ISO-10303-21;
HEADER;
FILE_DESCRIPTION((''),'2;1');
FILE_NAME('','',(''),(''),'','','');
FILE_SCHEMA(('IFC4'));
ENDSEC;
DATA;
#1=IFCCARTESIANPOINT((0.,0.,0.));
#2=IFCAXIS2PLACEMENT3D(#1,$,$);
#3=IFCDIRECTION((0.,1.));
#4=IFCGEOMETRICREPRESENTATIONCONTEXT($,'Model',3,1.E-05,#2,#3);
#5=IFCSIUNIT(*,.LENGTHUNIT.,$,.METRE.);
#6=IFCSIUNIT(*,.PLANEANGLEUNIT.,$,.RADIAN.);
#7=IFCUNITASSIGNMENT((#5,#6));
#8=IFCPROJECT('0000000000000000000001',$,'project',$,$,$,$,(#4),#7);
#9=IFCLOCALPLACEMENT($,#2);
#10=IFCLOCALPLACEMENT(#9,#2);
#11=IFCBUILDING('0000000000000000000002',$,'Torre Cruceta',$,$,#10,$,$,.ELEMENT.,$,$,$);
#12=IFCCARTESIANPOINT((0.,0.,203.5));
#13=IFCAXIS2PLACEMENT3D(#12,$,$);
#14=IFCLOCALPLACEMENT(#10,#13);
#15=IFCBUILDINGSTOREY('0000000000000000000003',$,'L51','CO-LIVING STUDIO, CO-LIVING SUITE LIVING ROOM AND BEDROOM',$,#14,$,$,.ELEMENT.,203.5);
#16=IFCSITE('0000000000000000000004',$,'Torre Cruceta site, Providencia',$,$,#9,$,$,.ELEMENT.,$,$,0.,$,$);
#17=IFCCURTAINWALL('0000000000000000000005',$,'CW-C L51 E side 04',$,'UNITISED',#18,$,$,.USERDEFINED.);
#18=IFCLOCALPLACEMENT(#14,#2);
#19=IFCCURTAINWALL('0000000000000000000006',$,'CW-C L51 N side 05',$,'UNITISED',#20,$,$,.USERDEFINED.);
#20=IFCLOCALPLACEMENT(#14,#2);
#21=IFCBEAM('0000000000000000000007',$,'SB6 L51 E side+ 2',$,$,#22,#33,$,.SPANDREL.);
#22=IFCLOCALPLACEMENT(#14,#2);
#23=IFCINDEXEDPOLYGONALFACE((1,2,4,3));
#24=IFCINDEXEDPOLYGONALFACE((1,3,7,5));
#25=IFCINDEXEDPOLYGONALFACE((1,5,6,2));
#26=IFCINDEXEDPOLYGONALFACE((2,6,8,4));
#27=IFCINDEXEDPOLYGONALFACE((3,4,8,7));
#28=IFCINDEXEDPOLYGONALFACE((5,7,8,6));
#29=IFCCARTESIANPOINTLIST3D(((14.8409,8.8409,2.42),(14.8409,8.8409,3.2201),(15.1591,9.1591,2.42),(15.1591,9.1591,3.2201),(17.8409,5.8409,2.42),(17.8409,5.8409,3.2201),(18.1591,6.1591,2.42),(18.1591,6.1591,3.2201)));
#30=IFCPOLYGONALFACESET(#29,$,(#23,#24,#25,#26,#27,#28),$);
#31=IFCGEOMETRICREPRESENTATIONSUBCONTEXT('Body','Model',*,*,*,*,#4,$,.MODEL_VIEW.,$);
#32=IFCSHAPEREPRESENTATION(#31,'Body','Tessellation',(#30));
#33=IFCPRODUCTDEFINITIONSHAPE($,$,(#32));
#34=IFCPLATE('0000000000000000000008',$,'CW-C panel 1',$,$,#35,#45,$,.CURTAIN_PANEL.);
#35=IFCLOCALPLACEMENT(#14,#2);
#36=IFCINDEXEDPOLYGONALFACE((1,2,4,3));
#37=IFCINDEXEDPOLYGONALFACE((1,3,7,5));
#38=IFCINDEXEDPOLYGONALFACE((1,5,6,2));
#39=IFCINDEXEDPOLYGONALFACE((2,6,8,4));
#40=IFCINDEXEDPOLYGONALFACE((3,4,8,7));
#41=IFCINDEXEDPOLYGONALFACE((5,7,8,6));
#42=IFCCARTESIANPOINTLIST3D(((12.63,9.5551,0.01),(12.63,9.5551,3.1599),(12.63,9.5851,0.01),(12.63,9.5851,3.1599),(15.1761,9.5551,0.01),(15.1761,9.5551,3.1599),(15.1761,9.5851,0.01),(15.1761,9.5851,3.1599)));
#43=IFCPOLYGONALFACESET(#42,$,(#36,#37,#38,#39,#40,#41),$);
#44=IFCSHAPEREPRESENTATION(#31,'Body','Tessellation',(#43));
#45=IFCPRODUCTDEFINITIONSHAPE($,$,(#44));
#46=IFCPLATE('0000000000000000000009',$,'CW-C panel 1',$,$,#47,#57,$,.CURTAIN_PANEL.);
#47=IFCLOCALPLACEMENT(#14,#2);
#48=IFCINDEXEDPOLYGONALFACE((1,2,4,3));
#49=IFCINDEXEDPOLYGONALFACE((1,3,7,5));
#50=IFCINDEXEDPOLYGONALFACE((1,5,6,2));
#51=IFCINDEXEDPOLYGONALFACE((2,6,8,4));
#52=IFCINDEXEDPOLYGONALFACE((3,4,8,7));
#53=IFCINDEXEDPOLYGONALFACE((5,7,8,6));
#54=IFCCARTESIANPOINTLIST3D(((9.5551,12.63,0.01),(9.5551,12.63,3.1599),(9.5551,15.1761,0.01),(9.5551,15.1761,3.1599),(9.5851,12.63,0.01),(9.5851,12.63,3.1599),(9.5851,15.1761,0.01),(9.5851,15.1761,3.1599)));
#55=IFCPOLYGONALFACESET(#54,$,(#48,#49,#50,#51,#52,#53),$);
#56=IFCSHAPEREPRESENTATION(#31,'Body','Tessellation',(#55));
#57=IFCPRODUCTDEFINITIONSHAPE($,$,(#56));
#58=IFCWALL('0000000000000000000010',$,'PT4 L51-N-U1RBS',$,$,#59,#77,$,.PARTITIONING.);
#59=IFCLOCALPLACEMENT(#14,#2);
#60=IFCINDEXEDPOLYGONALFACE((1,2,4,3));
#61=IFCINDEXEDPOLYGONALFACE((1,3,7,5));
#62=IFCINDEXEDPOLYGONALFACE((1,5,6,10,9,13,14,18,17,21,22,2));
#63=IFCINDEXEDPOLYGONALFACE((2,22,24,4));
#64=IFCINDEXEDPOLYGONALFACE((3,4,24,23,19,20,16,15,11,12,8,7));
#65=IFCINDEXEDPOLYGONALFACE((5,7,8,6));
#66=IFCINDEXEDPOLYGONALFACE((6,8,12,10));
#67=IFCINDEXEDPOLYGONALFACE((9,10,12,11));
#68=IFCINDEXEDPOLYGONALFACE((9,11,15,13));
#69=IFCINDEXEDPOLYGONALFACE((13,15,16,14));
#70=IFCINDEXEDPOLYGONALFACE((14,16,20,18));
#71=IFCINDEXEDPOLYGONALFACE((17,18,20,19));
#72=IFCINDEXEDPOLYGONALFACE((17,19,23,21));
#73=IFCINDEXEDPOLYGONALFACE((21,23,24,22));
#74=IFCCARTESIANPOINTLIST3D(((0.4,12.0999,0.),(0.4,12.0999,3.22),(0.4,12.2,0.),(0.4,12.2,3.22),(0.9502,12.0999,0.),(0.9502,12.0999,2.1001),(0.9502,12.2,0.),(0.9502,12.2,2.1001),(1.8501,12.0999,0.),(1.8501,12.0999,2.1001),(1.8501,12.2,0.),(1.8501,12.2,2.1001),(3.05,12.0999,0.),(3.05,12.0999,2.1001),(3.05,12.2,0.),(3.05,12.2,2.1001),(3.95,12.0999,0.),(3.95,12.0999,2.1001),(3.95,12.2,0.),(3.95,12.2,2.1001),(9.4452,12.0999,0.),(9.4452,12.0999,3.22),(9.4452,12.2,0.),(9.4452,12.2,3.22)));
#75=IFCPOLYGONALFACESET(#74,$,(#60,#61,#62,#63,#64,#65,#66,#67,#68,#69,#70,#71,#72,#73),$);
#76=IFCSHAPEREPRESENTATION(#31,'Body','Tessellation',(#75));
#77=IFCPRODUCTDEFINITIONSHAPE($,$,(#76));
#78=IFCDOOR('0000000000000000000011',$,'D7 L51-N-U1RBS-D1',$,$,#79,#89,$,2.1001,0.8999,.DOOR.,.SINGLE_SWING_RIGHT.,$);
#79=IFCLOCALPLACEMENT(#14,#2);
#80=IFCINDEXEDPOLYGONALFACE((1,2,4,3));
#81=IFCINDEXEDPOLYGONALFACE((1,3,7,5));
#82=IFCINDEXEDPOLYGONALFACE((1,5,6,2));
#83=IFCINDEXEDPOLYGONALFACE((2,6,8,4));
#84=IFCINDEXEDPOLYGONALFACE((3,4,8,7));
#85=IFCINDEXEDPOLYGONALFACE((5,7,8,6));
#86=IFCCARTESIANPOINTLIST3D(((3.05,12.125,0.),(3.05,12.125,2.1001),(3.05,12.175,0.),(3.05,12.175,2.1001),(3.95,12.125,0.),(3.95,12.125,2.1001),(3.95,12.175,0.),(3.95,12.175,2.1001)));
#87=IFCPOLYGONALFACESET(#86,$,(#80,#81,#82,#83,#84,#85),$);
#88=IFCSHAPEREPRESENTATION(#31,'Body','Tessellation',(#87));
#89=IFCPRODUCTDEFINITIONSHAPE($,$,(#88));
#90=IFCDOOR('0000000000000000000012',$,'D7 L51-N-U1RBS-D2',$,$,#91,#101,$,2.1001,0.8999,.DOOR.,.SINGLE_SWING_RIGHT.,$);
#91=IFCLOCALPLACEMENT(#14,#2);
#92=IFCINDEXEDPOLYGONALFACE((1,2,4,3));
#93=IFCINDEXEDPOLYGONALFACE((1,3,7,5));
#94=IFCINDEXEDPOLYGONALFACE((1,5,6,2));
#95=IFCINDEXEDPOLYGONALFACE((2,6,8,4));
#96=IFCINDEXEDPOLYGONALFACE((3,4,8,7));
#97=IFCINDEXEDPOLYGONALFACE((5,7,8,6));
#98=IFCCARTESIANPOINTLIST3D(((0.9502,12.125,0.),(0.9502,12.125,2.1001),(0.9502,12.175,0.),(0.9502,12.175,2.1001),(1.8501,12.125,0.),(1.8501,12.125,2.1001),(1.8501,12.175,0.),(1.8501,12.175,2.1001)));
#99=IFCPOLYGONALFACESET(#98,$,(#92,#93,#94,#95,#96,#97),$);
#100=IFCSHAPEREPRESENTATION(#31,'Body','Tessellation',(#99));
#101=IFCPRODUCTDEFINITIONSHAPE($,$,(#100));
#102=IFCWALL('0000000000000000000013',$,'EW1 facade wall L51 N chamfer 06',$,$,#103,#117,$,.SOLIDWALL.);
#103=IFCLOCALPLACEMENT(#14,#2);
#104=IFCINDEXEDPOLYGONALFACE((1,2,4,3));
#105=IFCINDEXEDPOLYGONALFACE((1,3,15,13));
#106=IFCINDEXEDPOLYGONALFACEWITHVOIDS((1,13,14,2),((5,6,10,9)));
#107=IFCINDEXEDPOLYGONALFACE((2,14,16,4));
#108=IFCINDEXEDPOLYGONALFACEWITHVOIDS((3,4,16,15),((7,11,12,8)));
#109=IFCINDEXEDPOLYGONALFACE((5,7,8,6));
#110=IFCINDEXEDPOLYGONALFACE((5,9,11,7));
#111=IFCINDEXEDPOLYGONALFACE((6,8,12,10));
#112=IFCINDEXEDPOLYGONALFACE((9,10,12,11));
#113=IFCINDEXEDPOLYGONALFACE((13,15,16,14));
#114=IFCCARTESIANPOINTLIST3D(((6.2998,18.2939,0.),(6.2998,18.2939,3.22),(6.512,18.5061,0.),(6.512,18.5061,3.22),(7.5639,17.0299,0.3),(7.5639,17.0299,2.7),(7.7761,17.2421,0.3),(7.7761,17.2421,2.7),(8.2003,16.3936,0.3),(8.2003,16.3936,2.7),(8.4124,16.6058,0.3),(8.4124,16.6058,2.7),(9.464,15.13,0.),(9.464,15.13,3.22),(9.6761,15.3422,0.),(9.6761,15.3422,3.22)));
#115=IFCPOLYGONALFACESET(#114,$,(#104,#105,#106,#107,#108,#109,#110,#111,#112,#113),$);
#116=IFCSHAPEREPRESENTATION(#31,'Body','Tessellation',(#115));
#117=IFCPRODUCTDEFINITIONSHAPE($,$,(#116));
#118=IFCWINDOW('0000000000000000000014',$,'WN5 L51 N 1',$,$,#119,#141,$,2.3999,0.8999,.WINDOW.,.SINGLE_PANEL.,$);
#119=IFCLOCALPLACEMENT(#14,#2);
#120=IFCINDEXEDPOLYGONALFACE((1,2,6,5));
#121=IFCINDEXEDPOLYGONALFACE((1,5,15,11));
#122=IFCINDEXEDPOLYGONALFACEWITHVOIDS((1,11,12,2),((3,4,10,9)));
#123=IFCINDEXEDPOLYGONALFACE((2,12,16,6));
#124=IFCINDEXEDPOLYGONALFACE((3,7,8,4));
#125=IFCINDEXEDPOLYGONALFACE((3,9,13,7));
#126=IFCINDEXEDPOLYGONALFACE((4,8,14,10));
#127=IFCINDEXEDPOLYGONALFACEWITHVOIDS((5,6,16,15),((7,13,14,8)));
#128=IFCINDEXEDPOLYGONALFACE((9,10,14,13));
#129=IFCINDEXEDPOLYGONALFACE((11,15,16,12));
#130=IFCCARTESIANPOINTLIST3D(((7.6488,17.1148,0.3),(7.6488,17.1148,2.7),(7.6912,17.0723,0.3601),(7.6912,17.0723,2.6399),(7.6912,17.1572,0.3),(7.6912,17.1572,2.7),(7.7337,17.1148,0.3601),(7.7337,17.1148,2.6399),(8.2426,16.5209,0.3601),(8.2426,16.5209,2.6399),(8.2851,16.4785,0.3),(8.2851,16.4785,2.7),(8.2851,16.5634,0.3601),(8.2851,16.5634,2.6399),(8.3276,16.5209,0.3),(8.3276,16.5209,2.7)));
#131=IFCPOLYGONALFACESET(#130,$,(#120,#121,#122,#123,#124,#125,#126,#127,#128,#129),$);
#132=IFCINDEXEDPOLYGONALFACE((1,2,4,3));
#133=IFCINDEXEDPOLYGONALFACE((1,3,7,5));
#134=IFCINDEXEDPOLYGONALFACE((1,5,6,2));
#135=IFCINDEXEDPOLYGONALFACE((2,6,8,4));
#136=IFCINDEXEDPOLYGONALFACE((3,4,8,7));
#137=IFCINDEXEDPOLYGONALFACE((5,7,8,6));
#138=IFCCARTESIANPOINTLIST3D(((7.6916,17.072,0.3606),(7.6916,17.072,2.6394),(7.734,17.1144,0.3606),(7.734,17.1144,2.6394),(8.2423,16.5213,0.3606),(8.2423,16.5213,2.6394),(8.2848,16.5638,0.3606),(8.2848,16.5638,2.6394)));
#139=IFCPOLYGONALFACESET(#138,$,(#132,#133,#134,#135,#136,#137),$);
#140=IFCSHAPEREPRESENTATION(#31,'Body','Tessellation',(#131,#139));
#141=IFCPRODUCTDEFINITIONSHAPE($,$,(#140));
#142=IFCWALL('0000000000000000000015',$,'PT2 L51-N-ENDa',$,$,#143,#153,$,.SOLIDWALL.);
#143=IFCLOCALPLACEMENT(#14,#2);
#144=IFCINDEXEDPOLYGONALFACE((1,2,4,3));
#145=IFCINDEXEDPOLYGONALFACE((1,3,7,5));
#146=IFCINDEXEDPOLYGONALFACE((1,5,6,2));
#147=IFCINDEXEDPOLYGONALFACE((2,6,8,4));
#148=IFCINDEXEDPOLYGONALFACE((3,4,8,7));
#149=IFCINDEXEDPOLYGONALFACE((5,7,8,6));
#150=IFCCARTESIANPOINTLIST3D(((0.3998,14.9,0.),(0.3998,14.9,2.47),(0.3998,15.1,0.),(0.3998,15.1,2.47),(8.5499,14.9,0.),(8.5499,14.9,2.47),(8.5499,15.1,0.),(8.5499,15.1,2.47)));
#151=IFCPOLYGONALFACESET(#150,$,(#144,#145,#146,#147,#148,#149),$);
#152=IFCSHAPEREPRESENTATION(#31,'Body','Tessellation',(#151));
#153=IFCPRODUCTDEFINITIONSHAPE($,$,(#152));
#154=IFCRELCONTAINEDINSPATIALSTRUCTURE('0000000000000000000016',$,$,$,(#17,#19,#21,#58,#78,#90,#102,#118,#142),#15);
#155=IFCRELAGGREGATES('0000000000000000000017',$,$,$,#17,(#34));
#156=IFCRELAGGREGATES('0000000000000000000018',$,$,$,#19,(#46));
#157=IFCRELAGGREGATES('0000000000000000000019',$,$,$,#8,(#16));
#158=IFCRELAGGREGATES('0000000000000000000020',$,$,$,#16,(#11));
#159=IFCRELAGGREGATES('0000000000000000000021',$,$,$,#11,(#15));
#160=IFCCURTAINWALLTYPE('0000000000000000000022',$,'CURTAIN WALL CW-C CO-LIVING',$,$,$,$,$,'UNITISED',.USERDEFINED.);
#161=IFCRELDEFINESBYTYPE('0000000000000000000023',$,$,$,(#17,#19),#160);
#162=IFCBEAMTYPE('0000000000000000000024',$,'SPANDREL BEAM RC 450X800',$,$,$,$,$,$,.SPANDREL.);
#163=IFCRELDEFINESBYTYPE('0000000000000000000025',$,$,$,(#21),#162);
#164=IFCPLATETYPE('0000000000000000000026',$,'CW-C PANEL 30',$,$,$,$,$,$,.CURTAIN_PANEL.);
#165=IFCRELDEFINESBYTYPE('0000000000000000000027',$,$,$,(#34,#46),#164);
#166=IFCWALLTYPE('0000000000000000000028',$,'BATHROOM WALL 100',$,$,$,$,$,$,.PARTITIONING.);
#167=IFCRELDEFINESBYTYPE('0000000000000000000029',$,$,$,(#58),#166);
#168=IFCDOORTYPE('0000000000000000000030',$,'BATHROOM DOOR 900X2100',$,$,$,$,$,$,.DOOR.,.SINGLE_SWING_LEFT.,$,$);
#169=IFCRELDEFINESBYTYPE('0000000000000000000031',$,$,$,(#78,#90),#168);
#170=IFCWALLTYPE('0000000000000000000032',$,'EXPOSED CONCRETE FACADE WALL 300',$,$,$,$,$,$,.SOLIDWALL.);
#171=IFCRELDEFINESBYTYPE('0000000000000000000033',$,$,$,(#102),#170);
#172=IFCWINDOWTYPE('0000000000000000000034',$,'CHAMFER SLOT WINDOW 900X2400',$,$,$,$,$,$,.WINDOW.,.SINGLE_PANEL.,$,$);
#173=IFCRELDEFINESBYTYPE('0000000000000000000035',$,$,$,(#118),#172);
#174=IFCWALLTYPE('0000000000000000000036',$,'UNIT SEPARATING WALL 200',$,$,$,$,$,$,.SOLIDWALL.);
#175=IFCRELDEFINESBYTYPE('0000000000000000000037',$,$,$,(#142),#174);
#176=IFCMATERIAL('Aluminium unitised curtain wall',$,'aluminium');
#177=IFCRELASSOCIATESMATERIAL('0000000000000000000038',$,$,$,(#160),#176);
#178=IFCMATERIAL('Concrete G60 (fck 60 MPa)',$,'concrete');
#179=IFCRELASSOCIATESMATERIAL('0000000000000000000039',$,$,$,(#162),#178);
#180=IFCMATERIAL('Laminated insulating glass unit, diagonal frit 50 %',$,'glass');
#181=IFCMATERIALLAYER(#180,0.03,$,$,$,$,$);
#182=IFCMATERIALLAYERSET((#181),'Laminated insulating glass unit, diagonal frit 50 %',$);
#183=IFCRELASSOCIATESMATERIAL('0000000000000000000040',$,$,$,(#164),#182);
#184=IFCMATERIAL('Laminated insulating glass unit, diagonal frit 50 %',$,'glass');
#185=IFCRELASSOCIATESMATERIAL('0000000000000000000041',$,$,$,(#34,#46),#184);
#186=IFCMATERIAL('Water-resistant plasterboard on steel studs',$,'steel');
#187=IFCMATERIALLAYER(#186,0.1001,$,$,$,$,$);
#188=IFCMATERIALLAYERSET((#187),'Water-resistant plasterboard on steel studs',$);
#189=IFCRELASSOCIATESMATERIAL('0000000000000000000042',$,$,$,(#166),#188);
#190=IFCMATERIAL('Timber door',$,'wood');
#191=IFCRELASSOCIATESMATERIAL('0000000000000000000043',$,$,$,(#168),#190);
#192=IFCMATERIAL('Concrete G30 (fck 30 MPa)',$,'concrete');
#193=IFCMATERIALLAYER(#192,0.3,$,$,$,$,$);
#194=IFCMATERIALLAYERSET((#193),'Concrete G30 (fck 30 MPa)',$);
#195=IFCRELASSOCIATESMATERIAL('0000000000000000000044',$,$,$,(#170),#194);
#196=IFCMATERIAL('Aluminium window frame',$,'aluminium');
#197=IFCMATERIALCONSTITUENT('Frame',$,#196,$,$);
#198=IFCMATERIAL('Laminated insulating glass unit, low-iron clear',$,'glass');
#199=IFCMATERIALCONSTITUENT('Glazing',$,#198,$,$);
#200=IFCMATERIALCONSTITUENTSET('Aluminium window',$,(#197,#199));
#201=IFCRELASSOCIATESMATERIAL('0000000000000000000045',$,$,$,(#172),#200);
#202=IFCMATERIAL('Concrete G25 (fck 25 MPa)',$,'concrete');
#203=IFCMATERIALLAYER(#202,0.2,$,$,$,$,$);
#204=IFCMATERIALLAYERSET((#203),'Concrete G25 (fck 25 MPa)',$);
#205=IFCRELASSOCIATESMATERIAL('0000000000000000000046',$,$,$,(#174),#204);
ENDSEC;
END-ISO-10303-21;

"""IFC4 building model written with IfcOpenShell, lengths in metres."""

from ifc_helpers import new_model, si_unit, direction, frame, frame_2d, origin, origin_2d, place, context, subcontext, project, spatial, rectangle, hollow_rectangle, extrude, material, layer, layer_set, constituent, constituent_set, material_profile, profile_set, type_object, element, fill, aggregate, save


model = new_model("IFC4")

# Units and contexts
model_context = context("Model", 3, precision=1e-05, world=origin(), true_north=direction((0.0, 1.0)))
body_context = subcontext(model_context, "Body", "Model", "MODEL_VIEW")
ifc_project = project(units=[si_unit("LENGTHUNIT", "METRE"), si_unit("PLANEANGLEUNIT", "RADIAN")], contexts=[model_context])

# Site, building, storey
site_placement = place(None, origin())
site = spatial("IfcSite", under=ifc_project, at=site_placement, Name="Torre Cruceta site, Providencia", CompositionType="ELEMENT", RefElevation=0.0)
building_placement = place(site_placement, origin())
building = spatial("IfcBuilding", under=site, at=building_placement, Name="Torre Cruceta", CompositionType="ELEMENT")
storey_placement = place(building_placement, frame((0.0, 0.0, 203.5)))
storey = spatial("IfcBuildingStorey", under=building, at=storey_placement, Name="L51", Description="CO-LIVING STUDIO, CO-LIVING SUITE LIVING ROOM AND BEDROOM", CompositionType="ELEMENT", Elevation=203.5)

# Curtain walls
ifc_material_1 = material(Name="Aluminium unitised curtain wall", Category="aluminium")
curtain_wall_type = type_object("IfcCurtainWallType", Name="CURTAIN WALL CW-C CO-LIVING", ElementType="UNITISED", PredefinedType="USERDEFINED", material=ifc_material_1)
curtain_wall_1_placement = place(storey_placement, origin())
curtain_wall_1 = element("IfcCurtainWall", 1, at=curtain_wall_1_placement, inside=storey, type_object=curtain_wall_type, Name="CW-C L51 E side 04", ObjectType="UNITISED", PredefinedType="USERDEFINED")
curtain_wall_2_placement = place(storey_placement, origin())
curtain_wall_2 = element("IfcCurtainWall", 2, at=curtain_wall_2_placement, inside=storey, type_object=curtain_wall_type, Name="CW-C L51 N side 05", ObjectType="UNITISED", PredefinedType="USERDEFINED")

# Beam
ifc_material_2 = material(Name="Concrete G60 (fck 60 MPa)", Category="concrete")
ifc_material_profile_1 = material_profile(ifc_material_2, rectangle(XDim=0.45, YDim=0.8, at=origin_2d()), Name="RC 450X800")
ifc_profile_set_1 = profile_set([ifc_material_profile_1], Name="Concrete G60 (fck 60 MPa)")
beam_type_1 = type_object("IfcBeamType", Name="SPANDREL BEAM RC 450X800", PredefinedType="SPANDREL", material=ifc_profile_set_1)
beam_1_placement = place(storey_placement, frame((15.0, 9.0, 2.8201), z_axis=(0.707107, -0.707107, 0.0), x_axis=(0.707107, 0.707107, 0.0)))
element("IfcBeam", 3, at=beam_1_placement, inside=storey, type_object=beam_type_1, Name="SB6 L51 E side+ 2", PredefinedType="SPANDREL", context=body_context, shape_type="SweptSolid", body=[
    extrude(rectangle(XDim=0.45, YDim=0.8, at=origin_2d()), origin(), (0.0, 0.0, 1.0), 4.2427),
])

# Plates
ifc_material_3 = material(Name="Laminated insulating glass unit, diagonal frit 50 %", Category="glass")
ifc_material_4 = material(Name="Laminated insulating glass unit, diagonal frit 50 %", Category="glass")
ifc_layer_1 = layer(ifc_material_4, 0.03)
ifc_layer_set_1 = layer_set([ifc_layer_1], Name="Laminated insulating glass unit, diagonal frit 50 %")
plate_type = type_object("IfcPlateType", Name="CW-C PANEL 30", PredefinedType="CURTAIN_PANEL", material=ifc_layer_set_1)
plate_1_placement = place(storey_placement, frame((13.9031, 9.5701, 0.01), z_axis=(0.0, 0.0, 1.0), x_axis=(-1.0, 0.0, 0.0)))
plate_1 = element("IfcPlate", 4, at=plate_1_placement, type_object=plate_type, material=ifc_material_3, Name="CW-C panel 1", PredefinedType="CURTAIN_PANEL", context=body_context, shape_type="SweptSolid", body=[
    extrude(rectangle(XDim=2.5461, YDim=0.03, at=origin_2d()), origin(), (0.0, 0.0, 1.0), 3.1499),
])
aggregate(curtain_wall_1, [plate_1])
plate_2_placement = place(storey_placement, frame((9.5701, 13.9031, 0.01), z_axis=(0.0, 0.0, 1.0), x_axis=(0.0, 1.0, 0.0)))
plate_2 = element("IfcPlate", 5, at=plate_2_placement, type_object=plate_type, material=ifc_material_3, Name="CW-C panel 1", PredefinedType="CURTAIN_PANEL", context=body_context, shape_type="SweptSolid", body=[
    extrude(rectangle(XDim=2.5461, YDim=0.03, at=origin_2d()), origin(), (0.0, 0.0, 1.0), 3.1499),
])
aggregate(curtain_wall_2, [plate_2])

# Wall, openings, doors
ifc_material_5 = material(Name="Water-resistant plasterboard on steel studs", Category="steel")
ifc_layer_2 = layer(ifc_material_5, 0.1001)
ifc_layer_set_2 = layer_set([ifc_layer_2], Name="Water-resistant plasterboard on steel studs")
wall_type_1 = type_object("IfcWallType", Name="BATHROOM WALL 100", PredefinedType="PARTITIONING", material=ifc_layer_set_2)
wall_1_placement = place(storey_placement, frame((9.4451, 12.1499, 0.0), z_axis=(0.0, 0.0, 1.0), x_axis=(-1.0, 0.0, 0.0)))
wall_1 = element("IfcWall", 6, at=wall_1_placement, inside=storey, type_object=wall_type_1, Name="PT4 L51-N-U1RBS", PredefinedType="PARTITIONING", context=body_context, shape_type="SweptSolid", body=[
    extrude(rectangle(XDim=9.0452, YDim=0.1001, at=frame_2d((4.5225, 0.0))), origin(), (0.0, 0.0, 1.0), 3.22),
])
opening_1_placement = place(wall_1_placement, frame((5.4951, 0.0, 0.0)))
opening_1 = element("IfcOpeningElement", 7, at=opening_1_placement, cuts=wall_1, PredefinedType="OPENING", context=body_context, shape_type="SweptSolid", body=[
    extrude(rectangle(XDim=0.8999, YDim=2.1001, at=frame_2d((0.45, 1.05))), frame((0.0, 0.0601, 0.0), z_axis=(0.0, -1.0, 0.0), x_axis=(1.0, 0.0, 0.0)), (0.0, 0.0, 1.0), 0.1201),
])
opening_2_placement = place(wall_1_placement, frame((7.595, 0.0, 0.0)))
opening_2 = element("IfcOpeningElement", 8, at=opening_2_placement, cuts=wall_1, PredefinedType="OPENING", context=body_context, shape_type="SweptSolid", body=[
    extrude(rectangle(XDim=0.8999, YDim=2.1001, at=frame_2d((0.45, 1.05))), frame((0.0, 0.0601, 0.0), z_axis=(0.0, -1.0, 0.0), x_axis=(1.0, 0.0, 0.0)), (0.0, 0.0, 1.0), 0.1201),
])
ifc_material_6 = material(Name="Timber door", Category="wood")
door_type_1 = type_object("IfcDoorType", Name="BATHROOM DOOR 900X2100", OperationType="SINGLE_SWING_LEFT", PredefinedType="DOOR", material=ifc_material_6)
door_1_placement = place(opening_1_placement, origin())
door_1 = element("IfcDoor", 9, at=door_1_placement, inside=storey, type_object=door_type_1, Name="D7 L51-N-U1RBS-D1", OperationType="SINGLE_SWING_RIGHT", OverallHeight=2.1001, OverallWidth=0.8999, PredefinedType="DOOR", context=body_context, shape_type="SweptSolid", body=[
    extrude(rectangle(XDim=0.8999, YDim=2.1001, at=frame_2d((0.45, 1.05))), frame((0.0, 0.0249, 0.0), z_axis=(0.0, -1.0, 0.0), x_axis=(1.0, 0.0, 0.0)), (0.0, 0.0, 1.0), 0.05),
])
fill(opening_1, door_1)
door_2_placement = place(opening_2_placement, origin())
door_2 = element("IfcDoor", 10, at=door_2_placement, inside=storey, type_object=door_type_1, Name="D7 L51-N-U1RBS-D2", OperationType="SINGLE_SWING_RIGHT", OverallHeight=2.1001, OverallWidth=0.8999, PredefinedType="DOOR", context=body_context, shape_type="SweptSolid", body=[
    extrude(rectangle(XDim=0.8999, YDim=2.1001, at=frame_2d((0.45, 1.05))), frame((0.0, 0.0249, 0.0), z_axis=(0.0, -1.0, 0.0), x_axis=(1.0, 0.0, 0.0)), (0.0, 0.0, 1.0), 0.05),
])
fill(opening_2, door_2)

# Wall, opening, window
ifc_material_7 = material(Name="Concrete G30 (fck 30 MPa)", Category="concrete")
ifc_layer_3 = layer(ifc_material_7, 0.3)
ifc_layer_set_3 = layer_set([ifc_layer_3], Name="Concrete G30 (fck 30 MPa)")
wall_type_2 = type_object("IfcWallType", Name="EXPOSED CONCRETE FACADE WALL 300", PredefinedType="SOLIDWALL", material=ifc_layer_set_3)
wall_2_placement = place(storey_placement, frame((9.5701, 15.2361, 0.0), z_axis=(0.0, 0.0, 1.0), x_axis=(-0.707134, 0.707079, 0.0)))
wall_2 = element("IfcWall", 11, at=wall_2_placement, inside=storey, type_object=wall_type_2, Name="EW1 facade wall L51 N chamfer 06", PredefinedType="SOLIDWALL", context=body_context, shape_type="SweptSolid", body=[
    extrude(rectangle(XDim=4.4746, YDim=0.3, at=frame_2d((2.2373, 0.0))), origin(), (0.0, 0.0, 1.0), 3.22),
])
opening_3_placement = place(wall_2_placement, frame((1.7871, 0.0, 0.3)))
opening_3 = element("IfcOpeningElement", 12, at=opening_3_placement, cuts=wall_2, PredefinedType="OPENING", context=body_context, shape_type="SweptSolid", body=[
    extrude(rectangle(XDim=0.8999, YDim=2.3999, at=frame_2d((0.45, 1.2))), frame((0.0, 0.1599, 0.0), z_axis=(0.0, -1.0, 0.0), x_axis=(1.0, 0.0, 0.0)), (0.0, 0.0, 1.0), 0.3201),
])
ifc_material_8 = material(Name="Aluminium window frame", Category="aluminium")
ifc_constituent_1 = constituent(ifc_material_8, Name="Frame")
ifc_material_9 = material(Name="Laminated insulating glass unit, low-iron clear", Category="glass")
ifc_constituent_2 = constituent(ifc_material_9, Name="Glazing")
ifc_constituent_set_1 = constituent_set(constituents=[ifc_constituent_1, ifc_constituent_2], Name="Aluminium window")
window_type = type_object("IfcWindowType", Name="CHAMFER SLOT WINDOW 900X2400", PartitioningType="SINGLE_PANEL", PredefinedType="WINDOW", material=ifc_constituent_set_1)
window_placement = place(opening_3_placement, origin())
window = element("IfcWindow", 13, at=window_placement, inside=storey, type_object=window_type, Name="WN5 L51 N 1", OverallHeight=2.3999, OverallWidth=0.8999, PartitioningType="SINGLE_PANEL", PredefinedType="WINDOW", context=body_context, shape_type="SweptSolid", body=[
    extrude(hollow_rectangle(XDim=0.8999, YDim=2.3999, WallThickness=0.0601, at=frame_2d((0.45, 1.2))), frame((0.0, 0.03, 0.0), z_axis=(0.0, -1.0, 0.0), x_axis=(1.0, 0.0, 0.0)), (0.0, 0.0, 1.0), 0.0601),
    extrude(rectangle(XDim=0.7788, YDim=2.2788, at=frame_2d((0.45, 1.2))), frame((0.0, 0.03, 0.0), z_axis=(0.0, -1.0, 0.0), x_axis=(1.0, 0.0, 0.0)), (0.0, 0.0, 1.0), 0.0601),
])
fill(opening_3, window)

# Wall
ifc_material_10 = material(Name="Concrete G25 (fck 25 MPa)", Category="concrete")
ifc_layer_4 = layer(ifc_material_10, 0.2)
ifc_layer_set_4 = layer_set([ifc_layer_4], Name="Concrete G25 (fck 25 MPa)")
wall_type_3 = type_object("IfcWallType", Name="UNIT SEPARATING WALL 200", PredefinedType="SOLIDWALL", material=ifc_layer_set_4)
wall_3_placement = place(storey_placement, frame((8.55, 15.0, 0.0), z_axis=(0.0, 0.0, 1.0), x_axis=(-1.0, 0.0, 0.0)))
element("IfcWall", 14, at=wall_3_placement, inside=storey, type_object=wall_type_3, Name="PT2 L51-N-ENDa", PredefinedType="SOLIDWALL", context=body_context, shape_type="SweptSolid", body=[
    extrude(rectangle(XDim=8.1501, YDim=0.2, at=frame_2d((4.0752, 0.0))), origin(), (0.0, 0.0, 1.0), 2.47),
])

save(model, "model.ifc")
